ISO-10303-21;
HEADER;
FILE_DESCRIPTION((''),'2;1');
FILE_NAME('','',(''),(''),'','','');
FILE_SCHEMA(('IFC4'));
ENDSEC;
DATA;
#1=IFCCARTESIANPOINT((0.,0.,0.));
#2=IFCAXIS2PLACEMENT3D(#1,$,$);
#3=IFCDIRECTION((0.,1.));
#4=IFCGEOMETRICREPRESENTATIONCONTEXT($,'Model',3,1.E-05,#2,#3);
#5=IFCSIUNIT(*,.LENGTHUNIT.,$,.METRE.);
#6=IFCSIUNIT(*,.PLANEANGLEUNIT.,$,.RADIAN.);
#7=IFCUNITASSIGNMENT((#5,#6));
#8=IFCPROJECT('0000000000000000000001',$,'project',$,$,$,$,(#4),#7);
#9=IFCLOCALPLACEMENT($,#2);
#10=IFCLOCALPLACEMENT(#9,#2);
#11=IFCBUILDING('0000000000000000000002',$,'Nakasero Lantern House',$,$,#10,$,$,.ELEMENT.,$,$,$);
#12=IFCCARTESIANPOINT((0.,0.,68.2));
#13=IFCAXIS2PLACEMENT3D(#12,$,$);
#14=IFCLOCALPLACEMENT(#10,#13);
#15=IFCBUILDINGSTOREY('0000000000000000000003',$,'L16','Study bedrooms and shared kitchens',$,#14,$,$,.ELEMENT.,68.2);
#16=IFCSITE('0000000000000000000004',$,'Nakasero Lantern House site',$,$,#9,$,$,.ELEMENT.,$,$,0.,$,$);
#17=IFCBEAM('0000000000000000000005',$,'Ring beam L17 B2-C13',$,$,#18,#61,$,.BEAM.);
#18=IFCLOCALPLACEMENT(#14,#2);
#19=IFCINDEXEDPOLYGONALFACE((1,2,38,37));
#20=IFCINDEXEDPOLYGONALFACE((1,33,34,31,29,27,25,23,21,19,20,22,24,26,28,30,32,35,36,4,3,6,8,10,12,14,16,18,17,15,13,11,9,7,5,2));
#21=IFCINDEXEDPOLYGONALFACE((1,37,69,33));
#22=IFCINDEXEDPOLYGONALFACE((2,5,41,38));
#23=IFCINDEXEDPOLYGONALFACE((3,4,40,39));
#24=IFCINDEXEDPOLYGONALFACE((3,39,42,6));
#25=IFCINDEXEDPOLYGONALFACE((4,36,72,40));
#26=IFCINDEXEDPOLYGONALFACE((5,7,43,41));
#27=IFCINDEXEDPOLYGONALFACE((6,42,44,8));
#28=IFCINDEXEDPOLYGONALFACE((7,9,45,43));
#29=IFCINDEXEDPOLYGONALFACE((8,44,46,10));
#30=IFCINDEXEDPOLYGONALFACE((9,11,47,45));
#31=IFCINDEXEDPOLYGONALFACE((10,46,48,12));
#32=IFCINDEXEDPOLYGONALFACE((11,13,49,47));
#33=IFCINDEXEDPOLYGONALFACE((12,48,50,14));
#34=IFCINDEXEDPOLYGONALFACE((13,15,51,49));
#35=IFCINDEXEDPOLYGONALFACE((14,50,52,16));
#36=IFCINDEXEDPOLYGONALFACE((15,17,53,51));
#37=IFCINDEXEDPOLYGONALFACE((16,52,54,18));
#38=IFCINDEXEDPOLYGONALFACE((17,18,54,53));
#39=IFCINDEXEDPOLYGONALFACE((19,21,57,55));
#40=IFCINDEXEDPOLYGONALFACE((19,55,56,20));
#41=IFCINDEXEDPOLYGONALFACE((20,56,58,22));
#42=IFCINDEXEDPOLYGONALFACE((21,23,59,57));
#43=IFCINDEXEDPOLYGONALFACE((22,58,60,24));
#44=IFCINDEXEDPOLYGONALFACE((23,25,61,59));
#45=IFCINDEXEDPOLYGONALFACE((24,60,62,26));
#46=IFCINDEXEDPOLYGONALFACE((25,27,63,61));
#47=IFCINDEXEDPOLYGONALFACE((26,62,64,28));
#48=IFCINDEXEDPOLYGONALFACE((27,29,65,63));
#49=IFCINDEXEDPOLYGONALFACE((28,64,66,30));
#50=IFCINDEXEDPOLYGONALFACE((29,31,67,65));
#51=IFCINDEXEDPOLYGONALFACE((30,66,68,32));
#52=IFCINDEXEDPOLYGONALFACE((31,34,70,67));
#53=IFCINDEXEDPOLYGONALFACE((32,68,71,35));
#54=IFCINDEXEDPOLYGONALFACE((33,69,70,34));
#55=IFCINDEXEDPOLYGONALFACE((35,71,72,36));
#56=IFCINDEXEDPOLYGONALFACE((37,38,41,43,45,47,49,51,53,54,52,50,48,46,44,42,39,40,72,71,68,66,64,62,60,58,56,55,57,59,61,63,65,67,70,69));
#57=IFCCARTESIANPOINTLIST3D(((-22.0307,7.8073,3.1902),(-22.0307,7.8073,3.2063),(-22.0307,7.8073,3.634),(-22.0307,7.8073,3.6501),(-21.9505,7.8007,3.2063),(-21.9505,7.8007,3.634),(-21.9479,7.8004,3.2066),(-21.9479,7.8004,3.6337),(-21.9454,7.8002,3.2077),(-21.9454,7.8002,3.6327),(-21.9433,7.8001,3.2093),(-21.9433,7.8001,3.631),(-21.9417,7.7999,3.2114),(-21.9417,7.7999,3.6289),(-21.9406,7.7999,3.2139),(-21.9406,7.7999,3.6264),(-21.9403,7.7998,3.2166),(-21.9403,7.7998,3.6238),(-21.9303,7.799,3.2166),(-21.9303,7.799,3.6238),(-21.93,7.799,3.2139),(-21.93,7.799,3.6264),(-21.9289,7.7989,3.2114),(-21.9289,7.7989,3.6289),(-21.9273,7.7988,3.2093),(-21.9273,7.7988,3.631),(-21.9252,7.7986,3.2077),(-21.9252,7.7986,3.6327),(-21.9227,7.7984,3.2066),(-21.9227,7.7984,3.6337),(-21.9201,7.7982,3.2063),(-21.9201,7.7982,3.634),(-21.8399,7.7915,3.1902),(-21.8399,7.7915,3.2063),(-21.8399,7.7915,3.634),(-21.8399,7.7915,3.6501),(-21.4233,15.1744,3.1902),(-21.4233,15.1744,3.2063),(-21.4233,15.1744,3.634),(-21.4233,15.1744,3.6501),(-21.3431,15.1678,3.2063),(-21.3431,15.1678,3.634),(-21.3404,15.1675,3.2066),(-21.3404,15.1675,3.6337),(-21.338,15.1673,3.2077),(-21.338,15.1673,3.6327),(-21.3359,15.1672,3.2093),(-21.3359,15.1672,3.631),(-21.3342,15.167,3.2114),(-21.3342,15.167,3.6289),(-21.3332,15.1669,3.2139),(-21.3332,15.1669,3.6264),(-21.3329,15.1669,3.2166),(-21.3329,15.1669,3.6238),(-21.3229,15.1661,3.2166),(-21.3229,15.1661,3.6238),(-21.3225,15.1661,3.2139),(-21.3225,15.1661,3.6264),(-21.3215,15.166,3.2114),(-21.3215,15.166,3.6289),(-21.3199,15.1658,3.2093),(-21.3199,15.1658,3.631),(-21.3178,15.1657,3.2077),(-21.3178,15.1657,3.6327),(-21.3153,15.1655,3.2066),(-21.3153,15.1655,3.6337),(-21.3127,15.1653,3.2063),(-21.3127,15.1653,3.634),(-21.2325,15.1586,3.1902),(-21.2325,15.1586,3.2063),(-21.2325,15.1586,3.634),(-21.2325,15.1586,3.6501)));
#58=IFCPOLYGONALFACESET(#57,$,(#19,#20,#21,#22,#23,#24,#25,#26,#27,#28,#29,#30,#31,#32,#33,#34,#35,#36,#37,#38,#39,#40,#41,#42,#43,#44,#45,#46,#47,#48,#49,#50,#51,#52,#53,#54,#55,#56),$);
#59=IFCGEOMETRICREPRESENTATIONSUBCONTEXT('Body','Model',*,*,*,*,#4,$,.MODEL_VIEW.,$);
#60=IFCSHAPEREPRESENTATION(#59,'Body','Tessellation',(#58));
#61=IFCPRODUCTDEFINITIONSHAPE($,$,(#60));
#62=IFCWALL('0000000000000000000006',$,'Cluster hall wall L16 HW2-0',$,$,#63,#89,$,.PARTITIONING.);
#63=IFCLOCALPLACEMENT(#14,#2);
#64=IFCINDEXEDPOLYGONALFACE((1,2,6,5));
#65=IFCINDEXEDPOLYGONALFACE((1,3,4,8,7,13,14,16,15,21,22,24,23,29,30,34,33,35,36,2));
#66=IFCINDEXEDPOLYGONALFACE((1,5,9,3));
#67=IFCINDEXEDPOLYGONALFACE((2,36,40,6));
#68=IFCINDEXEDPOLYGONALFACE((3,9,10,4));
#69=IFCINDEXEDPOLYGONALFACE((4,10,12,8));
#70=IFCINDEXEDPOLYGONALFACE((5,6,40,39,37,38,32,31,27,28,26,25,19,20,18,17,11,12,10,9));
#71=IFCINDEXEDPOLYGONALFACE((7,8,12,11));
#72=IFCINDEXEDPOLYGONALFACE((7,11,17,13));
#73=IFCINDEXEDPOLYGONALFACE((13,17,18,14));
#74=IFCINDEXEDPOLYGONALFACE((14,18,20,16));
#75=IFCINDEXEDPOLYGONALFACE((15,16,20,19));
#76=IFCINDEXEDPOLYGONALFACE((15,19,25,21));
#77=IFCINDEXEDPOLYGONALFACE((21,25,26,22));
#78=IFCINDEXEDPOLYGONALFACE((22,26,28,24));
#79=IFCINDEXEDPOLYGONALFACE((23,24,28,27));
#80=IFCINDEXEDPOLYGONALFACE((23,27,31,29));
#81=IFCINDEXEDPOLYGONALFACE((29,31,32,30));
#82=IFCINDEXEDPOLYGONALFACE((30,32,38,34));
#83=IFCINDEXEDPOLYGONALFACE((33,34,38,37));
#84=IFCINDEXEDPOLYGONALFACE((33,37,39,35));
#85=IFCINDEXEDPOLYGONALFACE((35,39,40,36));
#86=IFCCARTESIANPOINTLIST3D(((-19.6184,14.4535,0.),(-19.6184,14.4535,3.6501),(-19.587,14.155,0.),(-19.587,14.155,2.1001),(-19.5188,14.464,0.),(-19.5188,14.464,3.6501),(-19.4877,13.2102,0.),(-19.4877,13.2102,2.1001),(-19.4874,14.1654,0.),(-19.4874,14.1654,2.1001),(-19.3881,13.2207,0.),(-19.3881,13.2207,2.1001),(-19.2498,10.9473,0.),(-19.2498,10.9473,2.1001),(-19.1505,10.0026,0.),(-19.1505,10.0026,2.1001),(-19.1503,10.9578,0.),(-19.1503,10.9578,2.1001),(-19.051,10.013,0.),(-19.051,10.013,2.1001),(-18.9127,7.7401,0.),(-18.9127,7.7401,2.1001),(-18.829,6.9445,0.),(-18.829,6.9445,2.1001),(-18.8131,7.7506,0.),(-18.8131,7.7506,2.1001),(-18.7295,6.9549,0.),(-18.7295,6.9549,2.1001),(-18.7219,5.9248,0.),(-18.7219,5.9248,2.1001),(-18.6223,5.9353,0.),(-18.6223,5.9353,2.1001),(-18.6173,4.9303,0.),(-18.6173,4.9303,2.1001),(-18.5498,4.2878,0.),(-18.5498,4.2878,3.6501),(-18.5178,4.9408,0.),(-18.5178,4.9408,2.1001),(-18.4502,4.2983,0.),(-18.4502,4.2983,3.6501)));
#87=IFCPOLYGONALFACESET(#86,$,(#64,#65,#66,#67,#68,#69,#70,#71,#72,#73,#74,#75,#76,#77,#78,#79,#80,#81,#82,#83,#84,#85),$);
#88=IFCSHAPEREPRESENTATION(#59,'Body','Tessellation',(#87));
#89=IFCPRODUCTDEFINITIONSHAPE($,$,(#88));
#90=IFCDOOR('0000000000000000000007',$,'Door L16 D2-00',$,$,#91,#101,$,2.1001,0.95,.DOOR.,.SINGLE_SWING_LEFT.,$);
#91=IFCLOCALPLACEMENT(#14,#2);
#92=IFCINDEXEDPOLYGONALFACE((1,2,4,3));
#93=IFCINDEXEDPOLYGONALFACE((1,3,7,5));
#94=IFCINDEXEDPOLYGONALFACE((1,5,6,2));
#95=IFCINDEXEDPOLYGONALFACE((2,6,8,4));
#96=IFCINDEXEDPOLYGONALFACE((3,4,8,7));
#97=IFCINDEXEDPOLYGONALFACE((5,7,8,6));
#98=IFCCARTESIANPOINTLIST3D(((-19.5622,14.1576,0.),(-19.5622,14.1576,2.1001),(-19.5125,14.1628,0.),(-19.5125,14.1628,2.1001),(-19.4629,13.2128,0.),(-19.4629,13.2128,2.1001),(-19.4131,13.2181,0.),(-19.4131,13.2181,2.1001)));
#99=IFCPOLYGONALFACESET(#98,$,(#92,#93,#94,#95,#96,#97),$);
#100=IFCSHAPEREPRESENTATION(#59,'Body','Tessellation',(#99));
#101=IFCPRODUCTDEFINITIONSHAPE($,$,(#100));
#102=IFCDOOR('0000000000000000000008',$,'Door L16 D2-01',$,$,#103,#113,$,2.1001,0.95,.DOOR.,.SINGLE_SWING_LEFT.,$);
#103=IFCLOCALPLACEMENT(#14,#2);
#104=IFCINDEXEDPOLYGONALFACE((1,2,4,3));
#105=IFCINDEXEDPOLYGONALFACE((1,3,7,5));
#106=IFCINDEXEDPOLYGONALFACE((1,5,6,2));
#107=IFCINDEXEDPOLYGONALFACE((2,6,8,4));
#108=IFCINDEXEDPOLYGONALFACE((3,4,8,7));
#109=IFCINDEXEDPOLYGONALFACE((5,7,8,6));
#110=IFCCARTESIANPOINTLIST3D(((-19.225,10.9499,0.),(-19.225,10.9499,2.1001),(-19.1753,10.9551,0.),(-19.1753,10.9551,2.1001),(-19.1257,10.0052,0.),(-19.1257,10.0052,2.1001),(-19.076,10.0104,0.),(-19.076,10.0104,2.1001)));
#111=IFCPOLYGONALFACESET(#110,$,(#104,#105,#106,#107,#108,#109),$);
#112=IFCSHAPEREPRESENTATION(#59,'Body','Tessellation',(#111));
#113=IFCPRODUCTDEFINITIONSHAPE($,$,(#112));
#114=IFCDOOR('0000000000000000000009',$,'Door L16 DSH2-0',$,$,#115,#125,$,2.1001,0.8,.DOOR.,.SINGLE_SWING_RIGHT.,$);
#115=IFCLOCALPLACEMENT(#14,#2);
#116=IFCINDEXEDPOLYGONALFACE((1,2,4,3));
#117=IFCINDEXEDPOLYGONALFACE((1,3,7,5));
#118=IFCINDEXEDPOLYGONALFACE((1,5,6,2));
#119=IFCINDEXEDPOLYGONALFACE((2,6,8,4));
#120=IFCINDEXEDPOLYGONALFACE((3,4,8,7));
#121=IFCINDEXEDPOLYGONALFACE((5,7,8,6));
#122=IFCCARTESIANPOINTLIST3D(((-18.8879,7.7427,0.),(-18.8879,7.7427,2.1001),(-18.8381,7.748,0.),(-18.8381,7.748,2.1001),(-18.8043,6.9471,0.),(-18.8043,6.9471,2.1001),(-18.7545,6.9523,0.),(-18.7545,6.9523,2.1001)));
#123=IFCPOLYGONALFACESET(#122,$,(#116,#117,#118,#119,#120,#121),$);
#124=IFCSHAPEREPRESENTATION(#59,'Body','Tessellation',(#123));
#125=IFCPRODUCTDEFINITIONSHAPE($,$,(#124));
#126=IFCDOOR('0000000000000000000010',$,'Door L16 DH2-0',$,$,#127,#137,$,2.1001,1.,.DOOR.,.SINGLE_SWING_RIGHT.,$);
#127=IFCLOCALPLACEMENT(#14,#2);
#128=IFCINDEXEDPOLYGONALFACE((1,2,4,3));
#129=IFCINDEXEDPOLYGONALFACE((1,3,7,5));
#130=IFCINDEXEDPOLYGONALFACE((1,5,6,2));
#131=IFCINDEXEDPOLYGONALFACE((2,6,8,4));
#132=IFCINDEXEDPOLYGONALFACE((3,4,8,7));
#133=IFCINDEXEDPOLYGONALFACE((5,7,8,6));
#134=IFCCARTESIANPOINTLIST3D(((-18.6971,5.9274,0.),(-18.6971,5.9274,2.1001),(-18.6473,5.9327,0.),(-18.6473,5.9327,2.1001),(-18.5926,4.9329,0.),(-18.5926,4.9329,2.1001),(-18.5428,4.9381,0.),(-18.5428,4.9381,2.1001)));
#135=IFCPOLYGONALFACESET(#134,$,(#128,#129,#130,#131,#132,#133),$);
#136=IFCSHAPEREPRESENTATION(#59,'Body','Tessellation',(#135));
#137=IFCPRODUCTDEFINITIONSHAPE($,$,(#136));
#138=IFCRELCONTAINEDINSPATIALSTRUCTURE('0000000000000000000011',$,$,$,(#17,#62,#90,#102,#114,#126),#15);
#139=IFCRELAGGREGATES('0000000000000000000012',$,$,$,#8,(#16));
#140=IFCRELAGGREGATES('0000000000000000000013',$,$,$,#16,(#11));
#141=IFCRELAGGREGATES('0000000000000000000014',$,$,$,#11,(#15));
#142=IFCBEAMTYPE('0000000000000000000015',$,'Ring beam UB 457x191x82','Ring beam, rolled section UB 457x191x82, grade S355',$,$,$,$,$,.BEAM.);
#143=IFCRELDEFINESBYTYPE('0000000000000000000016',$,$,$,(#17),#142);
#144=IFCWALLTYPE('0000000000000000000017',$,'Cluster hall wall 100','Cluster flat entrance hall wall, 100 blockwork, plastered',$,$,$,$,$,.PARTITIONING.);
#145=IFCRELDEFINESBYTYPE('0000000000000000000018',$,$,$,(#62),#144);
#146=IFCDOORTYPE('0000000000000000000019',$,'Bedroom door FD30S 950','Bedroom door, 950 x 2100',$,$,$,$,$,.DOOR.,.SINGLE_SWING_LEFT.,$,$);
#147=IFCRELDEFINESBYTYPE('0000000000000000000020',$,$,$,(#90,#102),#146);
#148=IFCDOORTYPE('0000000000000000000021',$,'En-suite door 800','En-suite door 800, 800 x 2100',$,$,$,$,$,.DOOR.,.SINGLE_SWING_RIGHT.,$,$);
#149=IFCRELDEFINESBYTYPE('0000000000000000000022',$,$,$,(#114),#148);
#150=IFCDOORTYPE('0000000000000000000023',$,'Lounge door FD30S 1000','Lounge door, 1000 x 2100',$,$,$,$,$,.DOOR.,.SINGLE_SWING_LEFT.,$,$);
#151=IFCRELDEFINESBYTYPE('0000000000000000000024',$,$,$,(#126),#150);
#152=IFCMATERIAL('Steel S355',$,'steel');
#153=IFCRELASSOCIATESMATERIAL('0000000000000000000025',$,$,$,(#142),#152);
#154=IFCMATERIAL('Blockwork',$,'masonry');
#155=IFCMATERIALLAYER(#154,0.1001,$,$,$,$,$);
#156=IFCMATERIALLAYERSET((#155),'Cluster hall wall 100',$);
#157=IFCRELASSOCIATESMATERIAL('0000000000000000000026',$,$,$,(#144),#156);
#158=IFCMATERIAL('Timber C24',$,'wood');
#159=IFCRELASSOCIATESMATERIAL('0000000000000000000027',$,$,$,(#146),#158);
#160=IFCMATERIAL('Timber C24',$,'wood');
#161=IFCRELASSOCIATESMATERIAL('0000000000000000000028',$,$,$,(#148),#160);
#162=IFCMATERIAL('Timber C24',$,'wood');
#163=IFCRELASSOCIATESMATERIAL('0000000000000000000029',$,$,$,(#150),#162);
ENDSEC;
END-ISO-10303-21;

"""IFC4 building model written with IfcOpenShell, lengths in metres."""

from ifc_helpers import new_model, si_unit, direction, frame, frame_2d, origin, origin_2d, place, context, subcontext, project, spatial, rectangle, i_section, extrude, material, layer, layer_set, material_profile, profile_set, type_object, element, fill, save


model = new_model("IFC4")

# Units and contexts
model_context = context("Model", 3, precision=1e-05, world=origin(), true_north=direction((0.0, 1.0)))
body_context = subcontext(model_context, "Body", "Model", "MODEL_VIEW")
ifc_project = project(units=[si_unit("LENGTHUNIT", "METRE"), si_unit("PLANEANGLEUNIT", "RADIAN")], contexts=[model_context])

# Site, building, storey
site_placement = place(None, origin())
site = spatial("IfcSite", under=ifc_project, at=site_placement, Name="Nakasero Lantern House site", CompositionType="ELEMENT", RefElevation=0.0)
building_placement = place(site_placement, origin())
building = spatial("IfcBuilding", under=site, at=building_placement, Name="Nakasero Lantern House", CompositionType="ELEMENT")
storey_placement = place(building_placement, frame((0.0, 0.0, 68.2)))
storey = spatial("IfcBuildingStorey", under=building, at=storey_placement, Name="L16", Description="Study bedrooms and shared kitchens", CompositionType="ELEMENT", Elevation=68.2)

# Beam
ifc_material_1 = material(Name="Steel S355", Category="steel")
ifc_material_profile_1 = material_profile(ifc_material_1, i_section(OverallWidth=0.1914, OverallDepth=0.46, WebThickness=0.01, FlangeThickness=0.0161, FilletRadius=0.0103, at=origin_2d()), Name="UB 457x191x82")
ifc_profile_set_1 = profile_set([ifc_material_profile_1], Name="Steel S355")
beam_type_1 = type_object("IfcBeamType", Name="Ring beam UB 457x191x82", Description="Ring beam, rolled section UB 457x191x82, grade S355", PredefinedType="BEAM", material=ifc_profile_set_1)
beam_1_placement = place(storey_placement, frame((-21.3279, 15.1665, 3.4202), z_axis=(-0.082171, -0.996618, 0.0), x_axis=(0.996618, -0.082171, 0.0)))
element("IfcBeam", 1, at=beam_1_placement, inside=storey, type_object=beam_type_1, Name="Ring beam L17 B2-C13", PredefinedType="BEAM", context=body_context, shape_type="SweptSolid", body=[
    extrude(i_section(OverallWidth=0.1914, OverallDepth=0.46, WebThickness=0.01, FlangeThickness=0.0161, FilletRadius=0.0103, at=origin_2d()), origin(), (0.0, 0.0, 1.0), 7.3921),
])

# Wall, openings, doors
ifc_material_2 = material(Name="Blockwork", Category="masonry")
ifc_layer_1 = layer(ifc_material_2, 0.1001)
ifc_layer_set_1 = layer_set([ifc_layer_1], Name="Cluster hall wall 100")
wall_type_1 = type_object("IfcWallType", Name="Cluster hall wall 100", Description="Cluster flat entrance hall wall, 100 blockwork, plastered", PredefinedType="PARTITIONING", material=ifc_layer_set_1)
wall_1_placement = place(storey_placement, frame((-19.5686, 14.4587, 0.0), z_axis=(0.0, 0.0, 1.0), x_axis=(0.104542, -0.99452, 0.0)))
wall_1 = element("IfcWall", 2, at=wall_1_placement, inside=storey, type_object=wall_type_1, Name="Cluster hall wall L16 HW2-0", PredefinedType="PARTITIONING", context=body_context, shape_type="SweptSolid", body=[
    extrude(rectangle(XDim=10.2217, YDim=0.1001, at=frame_2d((5.1108, 0.0))), origin(), (0.0, 0.0, 1.0), 3.6501),
])
opening_1_placement = place(wall_1_placement, frame((8.5757, 0.0, 0.0)))
opening_1 = element("IfcOpeningElement", 3, at=opening_1_placement, cuts=wall_1, PredefinedType="OPENING", context=body_context, shape_type="SweptSolid", body=[
    extrude(rectangle(XDim=1.0, YDim=2.1001, at=frame_2d((0.5, 1.05))), frame((0.0, 0.0701, 0.0), z_axis=(0.0, -1.0, 0.0), x_axis=(1.0, 0.0, 0.0)), (0.0, 0.0, 1.0), 0.1401),
])
opening_2_placement = place(wall_1_placement, frame((6.7505, 0.0, 0.0)))
opening_2 = element("IfcOpeningElement", 4, at=opening_2_placement, cuts=wall_1, PredefinedType="OPENING", context=body_context, shape_type="SweptSolid", body=[
    extrude(rectangle(XDim=0.8, YDim=2.1001, at=frame_2d((0.3999, 1.05))), frame((0.0, 0.0701, 0.0), z_axis=(0.0, -1.0, 0.0), x_axis=(1.0, 0.0, 0.0)), (0.0, 0.0, 1.0), 0.1401),
])
opening_3_placement = place(wall_1_placement, frame((0.3, 0.0, 0.0)))
opening_3 = element("IfcOpeningElement", 5, at=opening_3_placement, cuts=wall_1, PredefinedType="OPENING", context=body_context, shape_type="SweptSolid", body=[
    extrude(rectangle(XDim=0.95, YDim=2.1001, at=frame_2d((0.4751, 1.05))), frame((0.0, 0.0701, 0.0), z_axis=(0.0, -1.0, 0.0), x_axis=(1.0, 0.0, 0.0)), (0.0, 0.0, 1.0), 0.1401),
])
opening_4_placement = place(wall_1_placement, frame((3.5254, 0.0, 0.0)))
opening_4 = element("IfcOpeningElement", 6, at=opening_4_placement, cuts=wall_1, PredefinedType="OPENING", context=body_context, shape_type="SweptSolid", body=[
    extrude(rectangle(XDim=0.95, YDim=2.1001, at=frame_2d((0.4751, 1.05))), frame((0.0, 0.0701, 0.0), z_axis=(0.0, -1.0, 0.0), x_axis=(1.0, 0.0, 0.0)), (0.0, 0.0, 1.0), 0.1401),
])
ifc_material_3 = material(Name="Timber C24", Category="wood")
door_type_1 = type_object("IfcDoorType", Name="Bedroom door FD30S 950", Description="Bedroom door, 950 x 2100", OperationType="SINGLE_SWING_LEFT", PredefinedType="DOOR", material=ifc_material_3)
door_1_placement = place(opening_3_placement, origin())
door_1 = element("IfcDoor", 7, at=door_1_placement, inside=storey, type_object=door_type_1, Name="Door L16 D2-00", OperationType="SINGLE_SWING_LEFT", OverallHeight=2.1001, OverallWidth=0.95, PredefinedType="DOOR", context=body_context, shape_type="SweptSolid", body=[
    extrude(rectangle(XDim=0.95, YDim=2.1001, at=frame_2d((0.4751, 1.05))), frame((0.0, 0.0249, 0.0), z_axis=(0.0, -1.0, 0.0), x_axis=(1.0, 0.0, 0.0)), (0.0, 0.0, 1.0), 0.05),
])
fill(opening_3, door_1)
door_2_placement = place(opening_4_placement, origin())
door_2 = element("IfcDoor", 8, at=door_2_placement, inside=storey, type_object=door_type_1, Name="Door L16 D2-01", OperationType="SINGLE_SWING_LEFT", OverallHeight=2.1001, OverallWidth=0.95, PredefinedType="DOOR", context=body_context, shape_type="SweptSolid", body=[
    extrude(rectangle(XDim=0.95, YDim=2.1001, at=frame_2d((0.4751, 1.05))), frame((0.0, 0.0249, 0.0), z_axis=(0.0, -1.0, 0.0), x_axis=(1.0, 0.0, 0.0)), (0.0, 0.0, 1.0), 0.05),
])
fill(opening_4, door_2)
ifc_material_4 = material(Name="Timber C24", Category="wood")
door_type_2 = type_object("IfcDoorType", Name="En-suite door 800", Description="En-suite door 800, 800 x 2100", OperationType="SINGLE_SWING_RIGHT", PredefinedType="DOOR", material=ifc_material_4)
door_3_placement = place(opening_2_placement, origin())
door_3 = element("IfcDoor", 9, at=door_3_placement, inside=storey, type_object=door_type_2, Name="Door L16 DSH2-0", OperationType="SINGLE_SWING_RIGHT", OverallHeight=2.1001, OverallWidth=0.8, PredefinedType="DOOR", context=body_context, shape_type="SweptSolid", body=[
    extrude(rectangle(XDim=0.8, YDim=2.1001, at=frame_2d((0.3999, 1.05))), frame((0.0, 0.0249, 0.0), z_axis=(0.0, -1.0, 0.0), x_axis=(1.0, 0.0, 0.0)), (0.0, 0.0, 1.0), 0.05),
])
fill(opening_2, door_3)
ifc_material_5 = material(Name="Timber C24", Category="wood")
door_type_3 = type_object("IfcDoorType", Name="Lounge door FD30S 1000", Description="Lounge door, 1000 x 2100", OperationType="SINGLE_SWING_LEFT", PredefinedType="DOOR", material=ifc_material_5)
door_4_placement = place(opening_1_placement, origin())
door_4 = element("IfcDoor", 10, at=door_4_placement, inside=storey, type_object=door_type_3, Name="Door L16 DH2-0", OperationType="SINGLE_SWING_RIGHT", OverallHeight=2.1001, OverallWidth=1.0, PredefinedType="DOOR", context=body_context, shape_type="SweptSolid", body=[
    extrude(rectangle(XDim=1.0, YDim=2.1001, at=frame_2d((0.5, 1.05))), frame((0.0, 0.0249, 0.0), z_axis=(0.0, -1.0, 0.0), x_axis=(1.0, 0.0, 0.0)), (0.0, 0.0, 1.0), 0.05),
])
fill(opening_1, door_4)

save(model, "model.ifc")
